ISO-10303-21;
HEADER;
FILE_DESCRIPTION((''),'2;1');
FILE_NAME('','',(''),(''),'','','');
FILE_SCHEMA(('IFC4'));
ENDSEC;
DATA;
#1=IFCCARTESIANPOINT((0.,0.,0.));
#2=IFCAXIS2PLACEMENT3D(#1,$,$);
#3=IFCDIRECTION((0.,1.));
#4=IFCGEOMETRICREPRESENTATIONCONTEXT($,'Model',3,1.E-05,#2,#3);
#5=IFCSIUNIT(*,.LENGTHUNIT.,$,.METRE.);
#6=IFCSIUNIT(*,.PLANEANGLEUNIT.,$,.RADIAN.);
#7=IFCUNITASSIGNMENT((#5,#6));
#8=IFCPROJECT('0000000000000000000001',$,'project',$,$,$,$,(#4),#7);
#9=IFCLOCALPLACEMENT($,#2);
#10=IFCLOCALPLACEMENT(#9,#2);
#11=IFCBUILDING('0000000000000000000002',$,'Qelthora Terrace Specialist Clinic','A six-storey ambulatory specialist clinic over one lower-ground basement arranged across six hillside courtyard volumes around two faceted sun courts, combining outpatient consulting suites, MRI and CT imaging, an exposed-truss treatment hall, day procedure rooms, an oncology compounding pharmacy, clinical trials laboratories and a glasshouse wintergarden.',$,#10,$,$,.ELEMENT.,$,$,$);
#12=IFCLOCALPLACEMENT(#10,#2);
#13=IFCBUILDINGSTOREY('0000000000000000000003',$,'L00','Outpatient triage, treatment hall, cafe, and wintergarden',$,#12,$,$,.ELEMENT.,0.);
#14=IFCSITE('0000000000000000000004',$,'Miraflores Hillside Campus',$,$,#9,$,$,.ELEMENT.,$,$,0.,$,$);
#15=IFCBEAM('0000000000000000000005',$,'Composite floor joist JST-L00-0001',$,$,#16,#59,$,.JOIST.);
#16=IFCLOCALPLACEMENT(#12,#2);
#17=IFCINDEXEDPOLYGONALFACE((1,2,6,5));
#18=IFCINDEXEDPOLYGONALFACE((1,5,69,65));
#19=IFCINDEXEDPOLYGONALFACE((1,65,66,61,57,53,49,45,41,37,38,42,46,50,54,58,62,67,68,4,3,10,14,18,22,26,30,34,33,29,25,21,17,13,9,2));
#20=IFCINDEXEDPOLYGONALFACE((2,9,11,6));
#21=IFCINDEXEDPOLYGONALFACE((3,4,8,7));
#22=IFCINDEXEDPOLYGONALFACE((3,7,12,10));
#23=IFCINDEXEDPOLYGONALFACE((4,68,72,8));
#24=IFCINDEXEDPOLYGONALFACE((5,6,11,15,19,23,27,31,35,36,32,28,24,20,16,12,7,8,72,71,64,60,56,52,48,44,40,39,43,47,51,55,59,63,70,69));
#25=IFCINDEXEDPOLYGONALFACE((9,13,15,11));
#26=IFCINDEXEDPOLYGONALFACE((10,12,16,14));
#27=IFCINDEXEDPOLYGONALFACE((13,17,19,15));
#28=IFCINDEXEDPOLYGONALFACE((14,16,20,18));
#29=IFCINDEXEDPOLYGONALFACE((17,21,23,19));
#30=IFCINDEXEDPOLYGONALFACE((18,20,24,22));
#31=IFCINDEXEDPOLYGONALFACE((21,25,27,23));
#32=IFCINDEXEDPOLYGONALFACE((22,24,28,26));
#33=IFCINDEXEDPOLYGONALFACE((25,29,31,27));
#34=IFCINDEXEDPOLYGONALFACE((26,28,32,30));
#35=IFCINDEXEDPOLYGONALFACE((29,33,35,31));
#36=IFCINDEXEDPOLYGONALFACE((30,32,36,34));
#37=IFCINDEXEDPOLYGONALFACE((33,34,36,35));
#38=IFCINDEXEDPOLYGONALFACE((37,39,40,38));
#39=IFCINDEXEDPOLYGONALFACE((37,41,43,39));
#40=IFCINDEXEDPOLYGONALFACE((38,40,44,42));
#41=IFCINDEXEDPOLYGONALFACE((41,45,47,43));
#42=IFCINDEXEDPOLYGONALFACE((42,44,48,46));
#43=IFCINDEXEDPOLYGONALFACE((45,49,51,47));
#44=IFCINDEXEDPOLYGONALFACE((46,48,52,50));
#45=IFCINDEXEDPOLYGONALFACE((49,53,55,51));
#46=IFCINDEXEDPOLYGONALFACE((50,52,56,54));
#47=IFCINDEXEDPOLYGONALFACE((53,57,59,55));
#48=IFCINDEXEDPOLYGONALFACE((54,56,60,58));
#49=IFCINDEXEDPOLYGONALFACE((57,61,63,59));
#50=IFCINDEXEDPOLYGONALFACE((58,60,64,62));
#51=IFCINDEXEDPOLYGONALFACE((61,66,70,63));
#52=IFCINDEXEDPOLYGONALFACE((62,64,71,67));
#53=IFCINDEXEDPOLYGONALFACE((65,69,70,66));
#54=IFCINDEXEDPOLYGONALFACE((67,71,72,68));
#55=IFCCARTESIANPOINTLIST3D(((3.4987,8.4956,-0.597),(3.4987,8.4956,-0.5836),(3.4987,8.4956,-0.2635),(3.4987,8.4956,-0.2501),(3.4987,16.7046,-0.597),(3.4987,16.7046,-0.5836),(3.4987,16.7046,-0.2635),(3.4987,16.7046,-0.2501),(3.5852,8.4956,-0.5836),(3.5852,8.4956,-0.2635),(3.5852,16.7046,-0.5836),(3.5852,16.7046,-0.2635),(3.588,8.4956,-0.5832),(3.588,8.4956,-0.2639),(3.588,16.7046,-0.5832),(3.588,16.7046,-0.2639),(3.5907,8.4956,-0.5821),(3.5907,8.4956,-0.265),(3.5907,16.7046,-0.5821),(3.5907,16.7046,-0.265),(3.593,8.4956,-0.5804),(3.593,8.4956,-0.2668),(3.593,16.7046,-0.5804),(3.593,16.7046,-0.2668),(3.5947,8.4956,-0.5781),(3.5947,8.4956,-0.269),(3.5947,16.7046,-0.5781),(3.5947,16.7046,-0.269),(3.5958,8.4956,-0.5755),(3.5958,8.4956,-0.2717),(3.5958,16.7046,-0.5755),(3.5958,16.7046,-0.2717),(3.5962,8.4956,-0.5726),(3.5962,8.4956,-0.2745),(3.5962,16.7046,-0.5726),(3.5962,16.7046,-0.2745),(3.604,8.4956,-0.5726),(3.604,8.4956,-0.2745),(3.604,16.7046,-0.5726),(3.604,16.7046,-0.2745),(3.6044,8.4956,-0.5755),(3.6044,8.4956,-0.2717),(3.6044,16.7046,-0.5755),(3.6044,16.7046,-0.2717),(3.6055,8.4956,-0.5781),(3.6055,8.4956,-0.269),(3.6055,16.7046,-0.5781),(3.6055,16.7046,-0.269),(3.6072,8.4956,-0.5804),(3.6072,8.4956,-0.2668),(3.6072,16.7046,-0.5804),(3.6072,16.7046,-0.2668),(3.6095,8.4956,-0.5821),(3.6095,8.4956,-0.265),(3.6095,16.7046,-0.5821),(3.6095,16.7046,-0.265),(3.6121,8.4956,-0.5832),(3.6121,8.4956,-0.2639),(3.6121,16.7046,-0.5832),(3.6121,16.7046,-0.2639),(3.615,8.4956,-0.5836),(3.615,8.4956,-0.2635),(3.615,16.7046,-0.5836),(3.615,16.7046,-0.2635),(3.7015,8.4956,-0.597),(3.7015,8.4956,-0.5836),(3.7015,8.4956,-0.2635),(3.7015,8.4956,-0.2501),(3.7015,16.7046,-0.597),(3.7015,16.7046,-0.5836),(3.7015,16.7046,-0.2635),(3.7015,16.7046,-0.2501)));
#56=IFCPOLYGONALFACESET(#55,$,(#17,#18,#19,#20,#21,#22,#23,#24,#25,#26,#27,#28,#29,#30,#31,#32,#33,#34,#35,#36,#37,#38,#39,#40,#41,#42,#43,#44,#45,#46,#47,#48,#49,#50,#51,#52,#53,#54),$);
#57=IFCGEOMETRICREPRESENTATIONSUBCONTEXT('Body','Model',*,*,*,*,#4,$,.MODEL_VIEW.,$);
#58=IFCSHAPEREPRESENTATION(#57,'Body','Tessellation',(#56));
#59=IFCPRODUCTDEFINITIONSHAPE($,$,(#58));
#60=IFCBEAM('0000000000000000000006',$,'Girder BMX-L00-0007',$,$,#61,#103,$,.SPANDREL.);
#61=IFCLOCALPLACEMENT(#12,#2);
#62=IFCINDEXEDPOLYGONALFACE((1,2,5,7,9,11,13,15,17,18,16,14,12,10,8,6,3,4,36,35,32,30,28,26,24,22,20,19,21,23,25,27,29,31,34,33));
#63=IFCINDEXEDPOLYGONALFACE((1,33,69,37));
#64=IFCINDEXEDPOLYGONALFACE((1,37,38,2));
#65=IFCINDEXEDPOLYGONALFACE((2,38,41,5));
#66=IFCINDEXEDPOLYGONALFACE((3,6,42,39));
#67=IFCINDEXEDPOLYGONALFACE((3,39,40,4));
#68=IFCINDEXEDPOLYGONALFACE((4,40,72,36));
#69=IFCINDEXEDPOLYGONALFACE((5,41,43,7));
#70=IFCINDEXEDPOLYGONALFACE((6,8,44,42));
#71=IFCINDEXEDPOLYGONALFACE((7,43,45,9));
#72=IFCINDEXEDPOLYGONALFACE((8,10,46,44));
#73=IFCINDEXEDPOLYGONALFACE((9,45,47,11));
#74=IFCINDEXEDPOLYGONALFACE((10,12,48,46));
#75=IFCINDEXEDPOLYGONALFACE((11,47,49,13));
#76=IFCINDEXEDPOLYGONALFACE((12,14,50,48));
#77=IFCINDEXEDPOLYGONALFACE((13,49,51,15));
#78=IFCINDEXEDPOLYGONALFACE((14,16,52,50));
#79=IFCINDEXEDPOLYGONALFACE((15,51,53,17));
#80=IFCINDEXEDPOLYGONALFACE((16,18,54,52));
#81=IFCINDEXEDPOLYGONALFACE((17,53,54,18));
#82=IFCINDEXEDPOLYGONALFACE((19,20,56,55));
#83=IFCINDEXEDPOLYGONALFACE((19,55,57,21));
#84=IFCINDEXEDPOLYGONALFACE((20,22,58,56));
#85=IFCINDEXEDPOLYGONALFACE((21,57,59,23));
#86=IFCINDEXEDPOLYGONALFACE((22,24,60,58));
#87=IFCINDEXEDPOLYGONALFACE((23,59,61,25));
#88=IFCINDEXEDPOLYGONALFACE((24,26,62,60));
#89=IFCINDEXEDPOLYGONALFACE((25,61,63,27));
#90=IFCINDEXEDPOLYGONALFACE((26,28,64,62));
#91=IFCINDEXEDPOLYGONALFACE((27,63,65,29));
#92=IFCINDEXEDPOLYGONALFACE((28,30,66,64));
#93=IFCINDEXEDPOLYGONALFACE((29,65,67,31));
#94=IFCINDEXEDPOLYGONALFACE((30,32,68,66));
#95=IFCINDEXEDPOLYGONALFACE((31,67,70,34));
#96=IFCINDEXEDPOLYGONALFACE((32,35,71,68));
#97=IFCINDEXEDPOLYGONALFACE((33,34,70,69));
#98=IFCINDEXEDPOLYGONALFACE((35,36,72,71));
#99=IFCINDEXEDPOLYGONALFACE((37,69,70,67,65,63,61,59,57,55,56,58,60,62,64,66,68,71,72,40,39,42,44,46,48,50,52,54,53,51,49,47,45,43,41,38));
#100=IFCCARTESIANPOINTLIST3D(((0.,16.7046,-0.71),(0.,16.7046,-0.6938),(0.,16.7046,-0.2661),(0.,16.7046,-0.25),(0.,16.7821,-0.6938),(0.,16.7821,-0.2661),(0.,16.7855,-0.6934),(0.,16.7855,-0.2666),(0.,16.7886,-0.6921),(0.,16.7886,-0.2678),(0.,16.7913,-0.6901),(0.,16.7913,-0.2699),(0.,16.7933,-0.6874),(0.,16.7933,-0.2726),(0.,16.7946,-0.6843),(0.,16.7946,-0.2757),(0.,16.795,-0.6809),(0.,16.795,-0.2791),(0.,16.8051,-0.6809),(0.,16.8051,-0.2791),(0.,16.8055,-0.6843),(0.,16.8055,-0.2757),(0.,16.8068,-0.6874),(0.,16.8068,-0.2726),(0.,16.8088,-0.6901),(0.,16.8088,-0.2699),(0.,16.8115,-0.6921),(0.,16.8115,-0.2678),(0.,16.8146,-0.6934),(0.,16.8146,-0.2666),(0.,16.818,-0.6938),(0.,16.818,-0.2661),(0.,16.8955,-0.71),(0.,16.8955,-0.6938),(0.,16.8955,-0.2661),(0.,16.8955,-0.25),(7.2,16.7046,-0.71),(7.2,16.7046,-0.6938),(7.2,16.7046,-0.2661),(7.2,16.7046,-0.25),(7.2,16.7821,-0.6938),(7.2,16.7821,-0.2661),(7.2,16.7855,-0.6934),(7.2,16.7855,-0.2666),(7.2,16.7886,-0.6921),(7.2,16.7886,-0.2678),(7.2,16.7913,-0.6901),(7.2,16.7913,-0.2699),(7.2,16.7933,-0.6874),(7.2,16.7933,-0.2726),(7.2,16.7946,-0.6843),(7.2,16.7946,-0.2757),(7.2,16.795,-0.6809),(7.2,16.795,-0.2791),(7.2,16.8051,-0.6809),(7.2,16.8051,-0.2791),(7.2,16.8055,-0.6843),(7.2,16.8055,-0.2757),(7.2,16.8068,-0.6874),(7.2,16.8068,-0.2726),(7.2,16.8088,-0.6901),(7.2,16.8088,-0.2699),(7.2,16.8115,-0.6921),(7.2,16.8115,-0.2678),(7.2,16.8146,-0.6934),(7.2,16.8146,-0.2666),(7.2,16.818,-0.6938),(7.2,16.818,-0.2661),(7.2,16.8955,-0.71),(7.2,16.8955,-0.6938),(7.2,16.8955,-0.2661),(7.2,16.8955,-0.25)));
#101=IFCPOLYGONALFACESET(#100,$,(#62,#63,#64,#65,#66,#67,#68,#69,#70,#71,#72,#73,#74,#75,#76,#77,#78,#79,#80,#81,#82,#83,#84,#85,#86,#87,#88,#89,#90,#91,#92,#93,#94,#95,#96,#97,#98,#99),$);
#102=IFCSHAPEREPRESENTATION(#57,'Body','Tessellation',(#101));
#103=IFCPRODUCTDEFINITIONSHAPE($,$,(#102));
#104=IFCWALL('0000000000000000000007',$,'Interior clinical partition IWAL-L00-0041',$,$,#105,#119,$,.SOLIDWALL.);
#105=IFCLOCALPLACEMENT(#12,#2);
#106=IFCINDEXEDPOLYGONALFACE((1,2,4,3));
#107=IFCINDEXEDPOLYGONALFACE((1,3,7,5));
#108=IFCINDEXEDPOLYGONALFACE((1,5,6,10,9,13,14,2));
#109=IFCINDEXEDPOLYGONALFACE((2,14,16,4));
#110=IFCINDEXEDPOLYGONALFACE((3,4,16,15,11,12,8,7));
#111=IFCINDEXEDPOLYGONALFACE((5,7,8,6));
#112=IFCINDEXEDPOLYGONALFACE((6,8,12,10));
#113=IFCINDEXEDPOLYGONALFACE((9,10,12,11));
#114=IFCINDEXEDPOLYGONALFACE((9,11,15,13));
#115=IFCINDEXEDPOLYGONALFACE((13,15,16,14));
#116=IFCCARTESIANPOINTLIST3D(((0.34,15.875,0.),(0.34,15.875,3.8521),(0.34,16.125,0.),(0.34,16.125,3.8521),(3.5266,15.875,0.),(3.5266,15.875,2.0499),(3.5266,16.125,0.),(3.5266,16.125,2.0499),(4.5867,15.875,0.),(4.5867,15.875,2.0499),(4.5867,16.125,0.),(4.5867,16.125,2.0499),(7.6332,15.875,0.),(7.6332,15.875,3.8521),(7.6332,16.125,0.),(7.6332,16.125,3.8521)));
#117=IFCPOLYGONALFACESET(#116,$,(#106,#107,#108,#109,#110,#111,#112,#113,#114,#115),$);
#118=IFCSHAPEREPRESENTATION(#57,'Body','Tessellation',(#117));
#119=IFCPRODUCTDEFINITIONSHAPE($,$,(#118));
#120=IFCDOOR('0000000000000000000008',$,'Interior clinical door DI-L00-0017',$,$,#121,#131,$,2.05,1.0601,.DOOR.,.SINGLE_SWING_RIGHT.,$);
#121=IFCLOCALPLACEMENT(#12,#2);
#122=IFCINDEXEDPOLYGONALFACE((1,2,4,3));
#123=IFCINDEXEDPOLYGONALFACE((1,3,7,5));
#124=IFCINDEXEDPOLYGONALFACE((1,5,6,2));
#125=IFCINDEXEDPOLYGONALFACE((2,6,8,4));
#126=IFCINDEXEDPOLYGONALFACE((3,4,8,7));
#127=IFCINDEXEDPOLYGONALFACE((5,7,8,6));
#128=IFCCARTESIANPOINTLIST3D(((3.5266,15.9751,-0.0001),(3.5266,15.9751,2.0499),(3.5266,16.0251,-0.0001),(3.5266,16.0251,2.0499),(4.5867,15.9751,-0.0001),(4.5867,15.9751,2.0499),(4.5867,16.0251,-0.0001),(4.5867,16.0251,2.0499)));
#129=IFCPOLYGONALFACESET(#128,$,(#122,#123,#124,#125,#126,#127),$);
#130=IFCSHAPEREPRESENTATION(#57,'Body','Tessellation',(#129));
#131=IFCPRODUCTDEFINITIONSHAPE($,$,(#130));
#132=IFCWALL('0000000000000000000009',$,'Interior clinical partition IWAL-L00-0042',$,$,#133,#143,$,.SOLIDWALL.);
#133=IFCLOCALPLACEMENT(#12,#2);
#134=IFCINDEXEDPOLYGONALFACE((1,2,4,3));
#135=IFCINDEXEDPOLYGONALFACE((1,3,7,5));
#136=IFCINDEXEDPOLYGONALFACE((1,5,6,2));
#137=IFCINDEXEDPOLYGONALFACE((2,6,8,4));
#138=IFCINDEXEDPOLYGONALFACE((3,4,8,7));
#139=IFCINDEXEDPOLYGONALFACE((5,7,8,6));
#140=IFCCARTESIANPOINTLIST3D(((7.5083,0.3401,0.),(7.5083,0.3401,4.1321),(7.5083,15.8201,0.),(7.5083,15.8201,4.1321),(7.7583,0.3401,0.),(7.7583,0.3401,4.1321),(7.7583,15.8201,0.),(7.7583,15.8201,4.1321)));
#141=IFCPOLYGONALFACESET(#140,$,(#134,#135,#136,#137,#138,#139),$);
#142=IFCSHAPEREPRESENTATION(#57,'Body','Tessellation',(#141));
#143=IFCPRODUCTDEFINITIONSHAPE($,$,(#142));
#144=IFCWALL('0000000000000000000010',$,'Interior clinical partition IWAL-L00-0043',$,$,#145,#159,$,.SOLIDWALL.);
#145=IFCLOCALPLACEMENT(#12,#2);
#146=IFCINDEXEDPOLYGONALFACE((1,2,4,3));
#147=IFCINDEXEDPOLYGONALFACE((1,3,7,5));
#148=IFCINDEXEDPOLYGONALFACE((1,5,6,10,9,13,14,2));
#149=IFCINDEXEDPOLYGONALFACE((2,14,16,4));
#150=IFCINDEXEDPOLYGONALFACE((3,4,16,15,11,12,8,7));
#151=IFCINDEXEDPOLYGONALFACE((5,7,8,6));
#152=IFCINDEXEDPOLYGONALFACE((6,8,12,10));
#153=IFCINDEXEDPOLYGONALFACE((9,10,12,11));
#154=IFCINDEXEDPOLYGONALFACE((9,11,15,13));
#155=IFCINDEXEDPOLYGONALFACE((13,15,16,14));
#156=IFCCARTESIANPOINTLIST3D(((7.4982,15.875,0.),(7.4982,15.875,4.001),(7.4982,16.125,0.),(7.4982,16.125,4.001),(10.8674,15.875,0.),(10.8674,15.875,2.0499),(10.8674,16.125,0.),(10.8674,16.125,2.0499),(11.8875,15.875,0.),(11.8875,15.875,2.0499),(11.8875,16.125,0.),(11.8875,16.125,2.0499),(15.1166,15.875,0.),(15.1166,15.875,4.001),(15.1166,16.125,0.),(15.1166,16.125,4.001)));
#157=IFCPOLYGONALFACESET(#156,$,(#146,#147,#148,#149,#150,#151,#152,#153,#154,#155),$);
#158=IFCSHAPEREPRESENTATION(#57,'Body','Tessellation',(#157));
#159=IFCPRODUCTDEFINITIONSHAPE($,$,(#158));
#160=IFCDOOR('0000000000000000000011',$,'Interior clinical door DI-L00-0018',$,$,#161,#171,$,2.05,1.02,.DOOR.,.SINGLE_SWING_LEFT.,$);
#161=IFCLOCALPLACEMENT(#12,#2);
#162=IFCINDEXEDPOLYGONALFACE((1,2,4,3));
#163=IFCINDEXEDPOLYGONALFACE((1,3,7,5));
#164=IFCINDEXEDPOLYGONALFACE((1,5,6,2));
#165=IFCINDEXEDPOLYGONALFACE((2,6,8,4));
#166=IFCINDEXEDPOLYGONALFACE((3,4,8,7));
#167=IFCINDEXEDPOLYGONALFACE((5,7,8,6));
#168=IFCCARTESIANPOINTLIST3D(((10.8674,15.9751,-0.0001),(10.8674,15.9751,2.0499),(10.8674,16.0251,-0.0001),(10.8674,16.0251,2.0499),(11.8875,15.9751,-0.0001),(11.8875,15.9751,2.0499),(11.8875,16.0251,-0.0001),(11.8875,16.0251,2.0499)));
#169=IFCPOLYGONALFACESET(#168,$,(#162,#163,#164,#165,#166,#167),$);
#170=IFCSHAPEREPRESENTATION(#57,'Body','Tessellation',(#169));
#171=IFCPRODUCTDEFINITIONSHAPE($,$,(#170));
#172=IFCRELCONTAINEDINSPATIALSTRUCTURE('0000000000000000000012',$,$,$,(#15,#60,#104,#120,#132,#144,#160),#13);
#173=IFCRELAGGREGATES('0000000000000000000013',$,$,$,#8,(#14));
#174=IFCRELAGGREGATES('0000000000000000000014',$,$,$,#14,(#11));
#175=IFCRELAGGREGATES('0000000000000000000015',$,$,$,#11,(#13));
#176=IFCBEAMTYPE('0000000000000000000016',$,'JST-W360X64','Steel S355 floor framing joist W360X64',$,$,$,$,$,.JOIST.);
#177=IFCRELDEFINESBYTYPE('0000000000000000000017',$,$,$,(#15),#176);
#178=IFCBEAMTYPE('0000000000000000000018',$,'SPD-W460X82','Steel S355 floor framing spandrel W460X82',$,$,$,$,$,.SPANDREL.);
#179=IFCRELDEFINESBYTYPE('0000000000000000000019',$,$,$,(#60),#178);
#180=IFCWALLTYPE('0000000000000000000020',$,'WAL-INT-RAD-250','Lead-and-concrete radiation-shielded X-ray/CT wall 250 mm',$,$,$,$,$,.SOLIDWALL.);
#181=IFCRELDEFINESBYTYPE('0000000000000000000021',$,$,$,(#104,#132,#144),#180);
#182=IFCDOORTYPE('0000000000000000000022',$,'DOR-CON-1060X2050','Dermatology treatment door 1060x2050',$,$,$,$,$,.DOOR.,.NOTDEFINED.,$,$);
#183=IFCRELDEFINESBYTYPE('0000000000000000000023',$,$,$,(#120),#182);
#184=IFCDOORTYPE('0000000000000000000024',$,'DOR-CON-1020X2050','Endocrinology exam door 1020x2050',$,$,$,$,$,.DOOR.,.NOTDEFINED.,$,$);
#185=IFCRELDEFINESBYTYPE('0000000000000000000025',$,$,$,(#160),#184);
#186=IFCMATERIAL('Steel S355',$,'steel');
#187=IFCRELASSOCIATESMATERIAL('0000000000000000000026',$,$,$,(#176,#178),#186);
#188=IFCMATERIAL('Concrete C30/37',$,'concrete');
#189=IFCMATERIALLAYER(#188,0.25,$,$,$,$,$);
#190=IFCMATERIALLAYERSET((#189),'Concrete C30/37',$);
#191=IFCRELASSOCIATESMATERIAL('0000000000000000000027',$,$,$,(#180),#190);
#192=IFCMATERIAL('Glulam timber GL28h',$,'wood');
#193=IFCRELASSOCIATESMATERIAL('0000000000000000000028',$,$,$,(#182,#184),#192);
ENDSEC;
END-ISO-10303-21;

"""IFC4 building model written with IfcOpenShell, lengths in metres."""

from ifc_helpers import new_model, si_unit, direction, frame, frame_2d, origin, origin_2d, place, context, subcontext, project, spatial, rectangle, i_section, extrude, material, layer, layer_set, material_profile, profile_set, type_object, element, fill, save


model = new_model("IFC4")

# Units and contexts
model_context = context("Model", 3, precision=1e-05, world=origin(), true_north=direction((0.0, 1.0)))
body_context = subcontext(model_context, "Body", "Model", "MODEL_VIEW")
ifc_project = project(units=[si_unit("LENGTHUNIT", "METRE"), si_unit("PLANEANGLEUNIT", "RADIAN")], contexts=[model_context])

# Site, building, storey
site_placement = place(None, origin())
site = spatial("IfcSite", under=ifc_project, at=site_placement, Name="Miraflores Hillside Campus", CompositionType="ELEMENT", RefElevation=0.0)
building_placement = place(site_placement, origin())
building = spatial("IfcBuilding", under=site, at=building_placement, Name="Qelthora Terrace Specialist Clinic", Description="A six-storey ambulatory specialist clinic over one lower-ground basement arranged across six hillside courtyard volumes around two faceted sun courts, combining outpatient consulting suites, MRI and CT imaging, an exposed-truss treatment hall, day procedure rooms, an oncology compounding pharmacy, clinical trials laboratories and a glasshouse wintergarden.", CompositionType="ELEMENT")
storey_placement = place(building_placement, origin())
storey = spatial("IfcBuildingStorey", under=building, at=storey_placement, Name="L00", Description="Outpatient triage, treatment hall, cafe, and wintergarden", CompositionType="ELEMENT", Elevation=0.0)

# Shared definitions
ifc_material_1 = material(Name="Steel S355", Category="steel")

# Beams
ifc_material_profile_1 = material_profile(ifc_material_1, i_section(OverallWidth=0.2029, OverallDepth=0.3469, WebThickness=0.0078, FlangeThickness=0.0134, FilletRadius=0.011, at=origin_2d()), Name="W360X64")
ifc_profile_set_1 = profile_set([ifc_material_profile_1], Name="Steel S355")
beam_type_1 = type_object("IfcBeamType", Name="JST-W360X64", Description="Steel S355 floor framing joist W360X64", PredefinedType="JOIST", material=ifc_profile_set_1)
beam_1_placement = place(storey_placement, frame((3.6001, 8.4956, -0.4236), z_axis=(0.0, 1.0, 0.0), x_axis=(-1.0, 0.0, 0.0)))
element("IfcBeam", 1, at=beam_1_placement, inside=storey, type_object=beam_type_1, Name="Composite floor joist JST-L00-0001", PredefinedType="JOIST", context=body_context, shape_type="SweptSolid", body=[
    extrude(i_section(OverallWidth=0.2029, OverallDepth=0.3469, WebThickness=0.0078, FlangeThickness=0.0134, FilletRadius=0.011, at=origin_2d()), origin(), (0.0, 0.0, 1.0), 8.209),
])
ifc_material_profile_2 = material_profile(ifc_material_1, i_section(OverallWidth=0.1909, OverallDepth=0.46, WebThickness=0.01, FlangeThickness=0.0161, FilletRadius=0.0129, at=origin_2d()), Name="W460X82")
ifc_profile_set_2 = profile_set([ifc_material_profile_2], Name="Steel S355")
beam_type_2 = type_object("IfcBeamType", Name="SPD-W460X82", Description="Steel S355 floor framing spandrel W460X82", PredefinedType="SPANDREL", material=ifc_profile_set_2)
beam_2_placement = place(storey_placement, frame((0.0, 16.8, -0.48), z_axis=(1.0, 0.0, 0.0), x_axis=(0.0, 1.0, 0.0)))
element("IfcBeam", 2, at=beam_2_placement, inside=storey, type_object=beam_type_2, Name="Girder BMX-L00-0007", PredefinedType="SPANDREL", context=body_context, shape_type="SweptSolid", body=[
    extrude(i_section(OverallWidth=0.1909, OverallDepth=0.46, WebThickness=0.01, FlangeThickness=0.0161, FilletRadius=0.0129, at=origin_2d()), origin(), (0.0, 0.0, 1.0), 7.2),
])

# Wall, opening, door
ifc_material_2 = material(Name="Concrete C30/37", Category="concrete")
ifc_layer_1 = layer(ifc_material_2, 0.25)
ifc_layer_set_1 = layer_set([ifc_layer_1], Name="Concrete C30/37")
wall_type_1 = type_object("IfcWallType", Name="WAL-INT-RAD-250", Description="Lead-and-concrete radiation-shielded X-ray/CT wall 250 mm", PredefinedType="SOLIDWALL", material=ifc_layer_set_1)
wall_1_placement = place(storey_placement, frame((0.3401, 16.0, 0.0), z_axis=(0.0, 0.0, 1.0), x_axis=(1.0, 0.0, 0.0)))
wall_1 = element("IfcWall", 3, at=wall_1_placement, inside=storey, type_object=wall_type_1, Name="Interior clinical partition IWAL-L00-0041", PredefinedType="SOLIDWALL", context=body_context, shape_type="SweptSolid", body=[
    extrude(rectangle(XDim=7.2932, YDim=0.25, at=frame_2d((3.6465, 0.0))), origin(), (0.0, 0.0, 1.0), 3.8521),
])
opening_1_placement = place(wall_1_placement, frame((3.1865, 0.0, 0.0)))
opening_1 = element("IfcOpeningElement", 4, at=opening_1_placement, cuts=wall_1, PredefinedType="OPENING", context=body_context, shape_type="SweptSolid", body=[
    extrude(rectangle(XDim=1.0601, YDim=2.05, at=frame_2d((0.53, 1.0249))), frame((0.0, 0.135, 0.0), z_axis=(0.0, -1.0, 0.0), x_axis=(1.0, 0.0, 0.0)), (0.0, 0.0, 1.0), 0.27),
])
ifc_material_3 = material(Name="Glulam timber GL28h", Category="wood")
door_type_1 = type_object("IfcDoorType", Name="DOR-CON-1060X2050", Description="Dermatology treatment door 1060x2050", OperationType="NOTDEFINED", PredefinedType="DOOR", material=ifc_material_3)
door_1_placement = place(opening_1_placement, frame((1.0601, 0.0, 0.0), z_axis=(0.0, 0.0, 1.0), x_axis=(-1.0, 0.0, 0.0)))
door_1 = element("IfcDoor", 5, at=door_1_placement, inside=storey, type_object=door_type_1, Name="Interior clinical door DI-L00-0017", OperationType="SINGLE_SWING_RIGHT", OverallHeight=2.05, OverallWidth=1.0601, PredefinedType="DOOR", context=body_context, shape_type="SweptSolid", body=[
    extrude(rectangle(XDim=1.0601, YDim=2.05, at=frame_2d((0.53, 1.0249))), frame((0.0, 0.0249, 0.0), z_axis=(0.0, -1.0, 0.0), x_axis=(1.0, 0.0, 0.0)), (0.0, 0.0, 1.0), 0.05),
])
fill(opening_1, door_1)

# Wall
wall_2_placement = place(storey_placement, frame((7.6333, 15.8201, 0.0), z_axis=(0.0, 0.0, 1.0), x_axis=(0.0, -1.0, 0.0)))
element("IfcWall", 6, at=wall_2_placement, inside=storey, type_object=wall_type_1, Name="Interior clinical partition IWAL-L00-0042", PredefinedType="SOLIDWALL", context=body_context, shape_type="SweptSolid", body=[
    extrude(rectangle(XDim=15.48, YDim=0.25, at=frame_2d((7.74, 0.0))), origin(), (0.0, 0.0, 1.0), 4.1321),
])

# Wall, opening, door
wall_3_placement = place(storey_placement, frame((7.4983, 16.0, 0.0), z_axis=(0.0, 0.0, 1.0), x_axis=(1.0, 0.0, 0.0)))
wall_3 = element("IfcWall", 7, at=wall_3_placement, inside=storey, type_object=wall_type_1, Name="Interior clinical partition IWAL-L00-0043", PredefinedType="SOLIDWALL", context=body_context, shape_type="SweptSolid", body=[
    extrude(rectangle(XDim=7.6184, YDim=0.25, at=frame_2d((3.8091, 0.0))), origin(), (0.0, 0.0, 1.0), 4.001),
])
opening_2_placement = place(wall_3_placement, frame((3.3691, 0.0, 0.0)))
opening_2 = element("IfcOpeningElement", 8, at=opening_2_placement, cuts=wall_3, PredefinedType="OPENING", context=body_context, shape_type="SweptSolid", body=[
    extrude(rectangle(XDim=1.02, YDim=2.05, at=frame_2d((0.51, 1.0249))), frame((0.0, 0.135, 0.0), z_axis=(0.0, -1.0, 0.0), x_axis=(1.0, 0.0, 0.0)), (0.0, 0.0, 1.0), 0.27),
])
door_type_2 = type_object("IfcDoorType", Name="DOR-CON-1020X2050", Description="Endocrinology exam door 1020x2050", OperationType="NOTDEFINED", PredefinedType="DOOR", material=ifc_material_3)
door_2_placement = place(opening_2_placement, frame((1.02, 0.0, 0.0), z_axis=(0.0, 0.0, 1.0), x_axis=(-1.0, 0.0, 0.0)))
door_2 = element("IfcDoor", 9, at=door_2_placement, inside=storey, type_object=door_type_2, Name="Interior clinical door DI-L00-0018", OperationType="SINGLE_SWING_LEFT", OverallHeight=2.05, OverallWidth=1.02, PredefinedType="DOOR", context=body_context, shape_type="SweptSolid", body=[
    extrude(rectangle(XDim=1.02, YDim=2.05, at=frame_2d((0.51, 1.0249))), frame((0.0, 0.0249, 0.0), z_axis=(0.0, -1.0, 0.0), x_axis=(1.0, 0.0, 0.0)), (0.0, 0.0, 1.0), 0.05),
])
fill(opening_2, door_2)

save(model, "model.ifc")
